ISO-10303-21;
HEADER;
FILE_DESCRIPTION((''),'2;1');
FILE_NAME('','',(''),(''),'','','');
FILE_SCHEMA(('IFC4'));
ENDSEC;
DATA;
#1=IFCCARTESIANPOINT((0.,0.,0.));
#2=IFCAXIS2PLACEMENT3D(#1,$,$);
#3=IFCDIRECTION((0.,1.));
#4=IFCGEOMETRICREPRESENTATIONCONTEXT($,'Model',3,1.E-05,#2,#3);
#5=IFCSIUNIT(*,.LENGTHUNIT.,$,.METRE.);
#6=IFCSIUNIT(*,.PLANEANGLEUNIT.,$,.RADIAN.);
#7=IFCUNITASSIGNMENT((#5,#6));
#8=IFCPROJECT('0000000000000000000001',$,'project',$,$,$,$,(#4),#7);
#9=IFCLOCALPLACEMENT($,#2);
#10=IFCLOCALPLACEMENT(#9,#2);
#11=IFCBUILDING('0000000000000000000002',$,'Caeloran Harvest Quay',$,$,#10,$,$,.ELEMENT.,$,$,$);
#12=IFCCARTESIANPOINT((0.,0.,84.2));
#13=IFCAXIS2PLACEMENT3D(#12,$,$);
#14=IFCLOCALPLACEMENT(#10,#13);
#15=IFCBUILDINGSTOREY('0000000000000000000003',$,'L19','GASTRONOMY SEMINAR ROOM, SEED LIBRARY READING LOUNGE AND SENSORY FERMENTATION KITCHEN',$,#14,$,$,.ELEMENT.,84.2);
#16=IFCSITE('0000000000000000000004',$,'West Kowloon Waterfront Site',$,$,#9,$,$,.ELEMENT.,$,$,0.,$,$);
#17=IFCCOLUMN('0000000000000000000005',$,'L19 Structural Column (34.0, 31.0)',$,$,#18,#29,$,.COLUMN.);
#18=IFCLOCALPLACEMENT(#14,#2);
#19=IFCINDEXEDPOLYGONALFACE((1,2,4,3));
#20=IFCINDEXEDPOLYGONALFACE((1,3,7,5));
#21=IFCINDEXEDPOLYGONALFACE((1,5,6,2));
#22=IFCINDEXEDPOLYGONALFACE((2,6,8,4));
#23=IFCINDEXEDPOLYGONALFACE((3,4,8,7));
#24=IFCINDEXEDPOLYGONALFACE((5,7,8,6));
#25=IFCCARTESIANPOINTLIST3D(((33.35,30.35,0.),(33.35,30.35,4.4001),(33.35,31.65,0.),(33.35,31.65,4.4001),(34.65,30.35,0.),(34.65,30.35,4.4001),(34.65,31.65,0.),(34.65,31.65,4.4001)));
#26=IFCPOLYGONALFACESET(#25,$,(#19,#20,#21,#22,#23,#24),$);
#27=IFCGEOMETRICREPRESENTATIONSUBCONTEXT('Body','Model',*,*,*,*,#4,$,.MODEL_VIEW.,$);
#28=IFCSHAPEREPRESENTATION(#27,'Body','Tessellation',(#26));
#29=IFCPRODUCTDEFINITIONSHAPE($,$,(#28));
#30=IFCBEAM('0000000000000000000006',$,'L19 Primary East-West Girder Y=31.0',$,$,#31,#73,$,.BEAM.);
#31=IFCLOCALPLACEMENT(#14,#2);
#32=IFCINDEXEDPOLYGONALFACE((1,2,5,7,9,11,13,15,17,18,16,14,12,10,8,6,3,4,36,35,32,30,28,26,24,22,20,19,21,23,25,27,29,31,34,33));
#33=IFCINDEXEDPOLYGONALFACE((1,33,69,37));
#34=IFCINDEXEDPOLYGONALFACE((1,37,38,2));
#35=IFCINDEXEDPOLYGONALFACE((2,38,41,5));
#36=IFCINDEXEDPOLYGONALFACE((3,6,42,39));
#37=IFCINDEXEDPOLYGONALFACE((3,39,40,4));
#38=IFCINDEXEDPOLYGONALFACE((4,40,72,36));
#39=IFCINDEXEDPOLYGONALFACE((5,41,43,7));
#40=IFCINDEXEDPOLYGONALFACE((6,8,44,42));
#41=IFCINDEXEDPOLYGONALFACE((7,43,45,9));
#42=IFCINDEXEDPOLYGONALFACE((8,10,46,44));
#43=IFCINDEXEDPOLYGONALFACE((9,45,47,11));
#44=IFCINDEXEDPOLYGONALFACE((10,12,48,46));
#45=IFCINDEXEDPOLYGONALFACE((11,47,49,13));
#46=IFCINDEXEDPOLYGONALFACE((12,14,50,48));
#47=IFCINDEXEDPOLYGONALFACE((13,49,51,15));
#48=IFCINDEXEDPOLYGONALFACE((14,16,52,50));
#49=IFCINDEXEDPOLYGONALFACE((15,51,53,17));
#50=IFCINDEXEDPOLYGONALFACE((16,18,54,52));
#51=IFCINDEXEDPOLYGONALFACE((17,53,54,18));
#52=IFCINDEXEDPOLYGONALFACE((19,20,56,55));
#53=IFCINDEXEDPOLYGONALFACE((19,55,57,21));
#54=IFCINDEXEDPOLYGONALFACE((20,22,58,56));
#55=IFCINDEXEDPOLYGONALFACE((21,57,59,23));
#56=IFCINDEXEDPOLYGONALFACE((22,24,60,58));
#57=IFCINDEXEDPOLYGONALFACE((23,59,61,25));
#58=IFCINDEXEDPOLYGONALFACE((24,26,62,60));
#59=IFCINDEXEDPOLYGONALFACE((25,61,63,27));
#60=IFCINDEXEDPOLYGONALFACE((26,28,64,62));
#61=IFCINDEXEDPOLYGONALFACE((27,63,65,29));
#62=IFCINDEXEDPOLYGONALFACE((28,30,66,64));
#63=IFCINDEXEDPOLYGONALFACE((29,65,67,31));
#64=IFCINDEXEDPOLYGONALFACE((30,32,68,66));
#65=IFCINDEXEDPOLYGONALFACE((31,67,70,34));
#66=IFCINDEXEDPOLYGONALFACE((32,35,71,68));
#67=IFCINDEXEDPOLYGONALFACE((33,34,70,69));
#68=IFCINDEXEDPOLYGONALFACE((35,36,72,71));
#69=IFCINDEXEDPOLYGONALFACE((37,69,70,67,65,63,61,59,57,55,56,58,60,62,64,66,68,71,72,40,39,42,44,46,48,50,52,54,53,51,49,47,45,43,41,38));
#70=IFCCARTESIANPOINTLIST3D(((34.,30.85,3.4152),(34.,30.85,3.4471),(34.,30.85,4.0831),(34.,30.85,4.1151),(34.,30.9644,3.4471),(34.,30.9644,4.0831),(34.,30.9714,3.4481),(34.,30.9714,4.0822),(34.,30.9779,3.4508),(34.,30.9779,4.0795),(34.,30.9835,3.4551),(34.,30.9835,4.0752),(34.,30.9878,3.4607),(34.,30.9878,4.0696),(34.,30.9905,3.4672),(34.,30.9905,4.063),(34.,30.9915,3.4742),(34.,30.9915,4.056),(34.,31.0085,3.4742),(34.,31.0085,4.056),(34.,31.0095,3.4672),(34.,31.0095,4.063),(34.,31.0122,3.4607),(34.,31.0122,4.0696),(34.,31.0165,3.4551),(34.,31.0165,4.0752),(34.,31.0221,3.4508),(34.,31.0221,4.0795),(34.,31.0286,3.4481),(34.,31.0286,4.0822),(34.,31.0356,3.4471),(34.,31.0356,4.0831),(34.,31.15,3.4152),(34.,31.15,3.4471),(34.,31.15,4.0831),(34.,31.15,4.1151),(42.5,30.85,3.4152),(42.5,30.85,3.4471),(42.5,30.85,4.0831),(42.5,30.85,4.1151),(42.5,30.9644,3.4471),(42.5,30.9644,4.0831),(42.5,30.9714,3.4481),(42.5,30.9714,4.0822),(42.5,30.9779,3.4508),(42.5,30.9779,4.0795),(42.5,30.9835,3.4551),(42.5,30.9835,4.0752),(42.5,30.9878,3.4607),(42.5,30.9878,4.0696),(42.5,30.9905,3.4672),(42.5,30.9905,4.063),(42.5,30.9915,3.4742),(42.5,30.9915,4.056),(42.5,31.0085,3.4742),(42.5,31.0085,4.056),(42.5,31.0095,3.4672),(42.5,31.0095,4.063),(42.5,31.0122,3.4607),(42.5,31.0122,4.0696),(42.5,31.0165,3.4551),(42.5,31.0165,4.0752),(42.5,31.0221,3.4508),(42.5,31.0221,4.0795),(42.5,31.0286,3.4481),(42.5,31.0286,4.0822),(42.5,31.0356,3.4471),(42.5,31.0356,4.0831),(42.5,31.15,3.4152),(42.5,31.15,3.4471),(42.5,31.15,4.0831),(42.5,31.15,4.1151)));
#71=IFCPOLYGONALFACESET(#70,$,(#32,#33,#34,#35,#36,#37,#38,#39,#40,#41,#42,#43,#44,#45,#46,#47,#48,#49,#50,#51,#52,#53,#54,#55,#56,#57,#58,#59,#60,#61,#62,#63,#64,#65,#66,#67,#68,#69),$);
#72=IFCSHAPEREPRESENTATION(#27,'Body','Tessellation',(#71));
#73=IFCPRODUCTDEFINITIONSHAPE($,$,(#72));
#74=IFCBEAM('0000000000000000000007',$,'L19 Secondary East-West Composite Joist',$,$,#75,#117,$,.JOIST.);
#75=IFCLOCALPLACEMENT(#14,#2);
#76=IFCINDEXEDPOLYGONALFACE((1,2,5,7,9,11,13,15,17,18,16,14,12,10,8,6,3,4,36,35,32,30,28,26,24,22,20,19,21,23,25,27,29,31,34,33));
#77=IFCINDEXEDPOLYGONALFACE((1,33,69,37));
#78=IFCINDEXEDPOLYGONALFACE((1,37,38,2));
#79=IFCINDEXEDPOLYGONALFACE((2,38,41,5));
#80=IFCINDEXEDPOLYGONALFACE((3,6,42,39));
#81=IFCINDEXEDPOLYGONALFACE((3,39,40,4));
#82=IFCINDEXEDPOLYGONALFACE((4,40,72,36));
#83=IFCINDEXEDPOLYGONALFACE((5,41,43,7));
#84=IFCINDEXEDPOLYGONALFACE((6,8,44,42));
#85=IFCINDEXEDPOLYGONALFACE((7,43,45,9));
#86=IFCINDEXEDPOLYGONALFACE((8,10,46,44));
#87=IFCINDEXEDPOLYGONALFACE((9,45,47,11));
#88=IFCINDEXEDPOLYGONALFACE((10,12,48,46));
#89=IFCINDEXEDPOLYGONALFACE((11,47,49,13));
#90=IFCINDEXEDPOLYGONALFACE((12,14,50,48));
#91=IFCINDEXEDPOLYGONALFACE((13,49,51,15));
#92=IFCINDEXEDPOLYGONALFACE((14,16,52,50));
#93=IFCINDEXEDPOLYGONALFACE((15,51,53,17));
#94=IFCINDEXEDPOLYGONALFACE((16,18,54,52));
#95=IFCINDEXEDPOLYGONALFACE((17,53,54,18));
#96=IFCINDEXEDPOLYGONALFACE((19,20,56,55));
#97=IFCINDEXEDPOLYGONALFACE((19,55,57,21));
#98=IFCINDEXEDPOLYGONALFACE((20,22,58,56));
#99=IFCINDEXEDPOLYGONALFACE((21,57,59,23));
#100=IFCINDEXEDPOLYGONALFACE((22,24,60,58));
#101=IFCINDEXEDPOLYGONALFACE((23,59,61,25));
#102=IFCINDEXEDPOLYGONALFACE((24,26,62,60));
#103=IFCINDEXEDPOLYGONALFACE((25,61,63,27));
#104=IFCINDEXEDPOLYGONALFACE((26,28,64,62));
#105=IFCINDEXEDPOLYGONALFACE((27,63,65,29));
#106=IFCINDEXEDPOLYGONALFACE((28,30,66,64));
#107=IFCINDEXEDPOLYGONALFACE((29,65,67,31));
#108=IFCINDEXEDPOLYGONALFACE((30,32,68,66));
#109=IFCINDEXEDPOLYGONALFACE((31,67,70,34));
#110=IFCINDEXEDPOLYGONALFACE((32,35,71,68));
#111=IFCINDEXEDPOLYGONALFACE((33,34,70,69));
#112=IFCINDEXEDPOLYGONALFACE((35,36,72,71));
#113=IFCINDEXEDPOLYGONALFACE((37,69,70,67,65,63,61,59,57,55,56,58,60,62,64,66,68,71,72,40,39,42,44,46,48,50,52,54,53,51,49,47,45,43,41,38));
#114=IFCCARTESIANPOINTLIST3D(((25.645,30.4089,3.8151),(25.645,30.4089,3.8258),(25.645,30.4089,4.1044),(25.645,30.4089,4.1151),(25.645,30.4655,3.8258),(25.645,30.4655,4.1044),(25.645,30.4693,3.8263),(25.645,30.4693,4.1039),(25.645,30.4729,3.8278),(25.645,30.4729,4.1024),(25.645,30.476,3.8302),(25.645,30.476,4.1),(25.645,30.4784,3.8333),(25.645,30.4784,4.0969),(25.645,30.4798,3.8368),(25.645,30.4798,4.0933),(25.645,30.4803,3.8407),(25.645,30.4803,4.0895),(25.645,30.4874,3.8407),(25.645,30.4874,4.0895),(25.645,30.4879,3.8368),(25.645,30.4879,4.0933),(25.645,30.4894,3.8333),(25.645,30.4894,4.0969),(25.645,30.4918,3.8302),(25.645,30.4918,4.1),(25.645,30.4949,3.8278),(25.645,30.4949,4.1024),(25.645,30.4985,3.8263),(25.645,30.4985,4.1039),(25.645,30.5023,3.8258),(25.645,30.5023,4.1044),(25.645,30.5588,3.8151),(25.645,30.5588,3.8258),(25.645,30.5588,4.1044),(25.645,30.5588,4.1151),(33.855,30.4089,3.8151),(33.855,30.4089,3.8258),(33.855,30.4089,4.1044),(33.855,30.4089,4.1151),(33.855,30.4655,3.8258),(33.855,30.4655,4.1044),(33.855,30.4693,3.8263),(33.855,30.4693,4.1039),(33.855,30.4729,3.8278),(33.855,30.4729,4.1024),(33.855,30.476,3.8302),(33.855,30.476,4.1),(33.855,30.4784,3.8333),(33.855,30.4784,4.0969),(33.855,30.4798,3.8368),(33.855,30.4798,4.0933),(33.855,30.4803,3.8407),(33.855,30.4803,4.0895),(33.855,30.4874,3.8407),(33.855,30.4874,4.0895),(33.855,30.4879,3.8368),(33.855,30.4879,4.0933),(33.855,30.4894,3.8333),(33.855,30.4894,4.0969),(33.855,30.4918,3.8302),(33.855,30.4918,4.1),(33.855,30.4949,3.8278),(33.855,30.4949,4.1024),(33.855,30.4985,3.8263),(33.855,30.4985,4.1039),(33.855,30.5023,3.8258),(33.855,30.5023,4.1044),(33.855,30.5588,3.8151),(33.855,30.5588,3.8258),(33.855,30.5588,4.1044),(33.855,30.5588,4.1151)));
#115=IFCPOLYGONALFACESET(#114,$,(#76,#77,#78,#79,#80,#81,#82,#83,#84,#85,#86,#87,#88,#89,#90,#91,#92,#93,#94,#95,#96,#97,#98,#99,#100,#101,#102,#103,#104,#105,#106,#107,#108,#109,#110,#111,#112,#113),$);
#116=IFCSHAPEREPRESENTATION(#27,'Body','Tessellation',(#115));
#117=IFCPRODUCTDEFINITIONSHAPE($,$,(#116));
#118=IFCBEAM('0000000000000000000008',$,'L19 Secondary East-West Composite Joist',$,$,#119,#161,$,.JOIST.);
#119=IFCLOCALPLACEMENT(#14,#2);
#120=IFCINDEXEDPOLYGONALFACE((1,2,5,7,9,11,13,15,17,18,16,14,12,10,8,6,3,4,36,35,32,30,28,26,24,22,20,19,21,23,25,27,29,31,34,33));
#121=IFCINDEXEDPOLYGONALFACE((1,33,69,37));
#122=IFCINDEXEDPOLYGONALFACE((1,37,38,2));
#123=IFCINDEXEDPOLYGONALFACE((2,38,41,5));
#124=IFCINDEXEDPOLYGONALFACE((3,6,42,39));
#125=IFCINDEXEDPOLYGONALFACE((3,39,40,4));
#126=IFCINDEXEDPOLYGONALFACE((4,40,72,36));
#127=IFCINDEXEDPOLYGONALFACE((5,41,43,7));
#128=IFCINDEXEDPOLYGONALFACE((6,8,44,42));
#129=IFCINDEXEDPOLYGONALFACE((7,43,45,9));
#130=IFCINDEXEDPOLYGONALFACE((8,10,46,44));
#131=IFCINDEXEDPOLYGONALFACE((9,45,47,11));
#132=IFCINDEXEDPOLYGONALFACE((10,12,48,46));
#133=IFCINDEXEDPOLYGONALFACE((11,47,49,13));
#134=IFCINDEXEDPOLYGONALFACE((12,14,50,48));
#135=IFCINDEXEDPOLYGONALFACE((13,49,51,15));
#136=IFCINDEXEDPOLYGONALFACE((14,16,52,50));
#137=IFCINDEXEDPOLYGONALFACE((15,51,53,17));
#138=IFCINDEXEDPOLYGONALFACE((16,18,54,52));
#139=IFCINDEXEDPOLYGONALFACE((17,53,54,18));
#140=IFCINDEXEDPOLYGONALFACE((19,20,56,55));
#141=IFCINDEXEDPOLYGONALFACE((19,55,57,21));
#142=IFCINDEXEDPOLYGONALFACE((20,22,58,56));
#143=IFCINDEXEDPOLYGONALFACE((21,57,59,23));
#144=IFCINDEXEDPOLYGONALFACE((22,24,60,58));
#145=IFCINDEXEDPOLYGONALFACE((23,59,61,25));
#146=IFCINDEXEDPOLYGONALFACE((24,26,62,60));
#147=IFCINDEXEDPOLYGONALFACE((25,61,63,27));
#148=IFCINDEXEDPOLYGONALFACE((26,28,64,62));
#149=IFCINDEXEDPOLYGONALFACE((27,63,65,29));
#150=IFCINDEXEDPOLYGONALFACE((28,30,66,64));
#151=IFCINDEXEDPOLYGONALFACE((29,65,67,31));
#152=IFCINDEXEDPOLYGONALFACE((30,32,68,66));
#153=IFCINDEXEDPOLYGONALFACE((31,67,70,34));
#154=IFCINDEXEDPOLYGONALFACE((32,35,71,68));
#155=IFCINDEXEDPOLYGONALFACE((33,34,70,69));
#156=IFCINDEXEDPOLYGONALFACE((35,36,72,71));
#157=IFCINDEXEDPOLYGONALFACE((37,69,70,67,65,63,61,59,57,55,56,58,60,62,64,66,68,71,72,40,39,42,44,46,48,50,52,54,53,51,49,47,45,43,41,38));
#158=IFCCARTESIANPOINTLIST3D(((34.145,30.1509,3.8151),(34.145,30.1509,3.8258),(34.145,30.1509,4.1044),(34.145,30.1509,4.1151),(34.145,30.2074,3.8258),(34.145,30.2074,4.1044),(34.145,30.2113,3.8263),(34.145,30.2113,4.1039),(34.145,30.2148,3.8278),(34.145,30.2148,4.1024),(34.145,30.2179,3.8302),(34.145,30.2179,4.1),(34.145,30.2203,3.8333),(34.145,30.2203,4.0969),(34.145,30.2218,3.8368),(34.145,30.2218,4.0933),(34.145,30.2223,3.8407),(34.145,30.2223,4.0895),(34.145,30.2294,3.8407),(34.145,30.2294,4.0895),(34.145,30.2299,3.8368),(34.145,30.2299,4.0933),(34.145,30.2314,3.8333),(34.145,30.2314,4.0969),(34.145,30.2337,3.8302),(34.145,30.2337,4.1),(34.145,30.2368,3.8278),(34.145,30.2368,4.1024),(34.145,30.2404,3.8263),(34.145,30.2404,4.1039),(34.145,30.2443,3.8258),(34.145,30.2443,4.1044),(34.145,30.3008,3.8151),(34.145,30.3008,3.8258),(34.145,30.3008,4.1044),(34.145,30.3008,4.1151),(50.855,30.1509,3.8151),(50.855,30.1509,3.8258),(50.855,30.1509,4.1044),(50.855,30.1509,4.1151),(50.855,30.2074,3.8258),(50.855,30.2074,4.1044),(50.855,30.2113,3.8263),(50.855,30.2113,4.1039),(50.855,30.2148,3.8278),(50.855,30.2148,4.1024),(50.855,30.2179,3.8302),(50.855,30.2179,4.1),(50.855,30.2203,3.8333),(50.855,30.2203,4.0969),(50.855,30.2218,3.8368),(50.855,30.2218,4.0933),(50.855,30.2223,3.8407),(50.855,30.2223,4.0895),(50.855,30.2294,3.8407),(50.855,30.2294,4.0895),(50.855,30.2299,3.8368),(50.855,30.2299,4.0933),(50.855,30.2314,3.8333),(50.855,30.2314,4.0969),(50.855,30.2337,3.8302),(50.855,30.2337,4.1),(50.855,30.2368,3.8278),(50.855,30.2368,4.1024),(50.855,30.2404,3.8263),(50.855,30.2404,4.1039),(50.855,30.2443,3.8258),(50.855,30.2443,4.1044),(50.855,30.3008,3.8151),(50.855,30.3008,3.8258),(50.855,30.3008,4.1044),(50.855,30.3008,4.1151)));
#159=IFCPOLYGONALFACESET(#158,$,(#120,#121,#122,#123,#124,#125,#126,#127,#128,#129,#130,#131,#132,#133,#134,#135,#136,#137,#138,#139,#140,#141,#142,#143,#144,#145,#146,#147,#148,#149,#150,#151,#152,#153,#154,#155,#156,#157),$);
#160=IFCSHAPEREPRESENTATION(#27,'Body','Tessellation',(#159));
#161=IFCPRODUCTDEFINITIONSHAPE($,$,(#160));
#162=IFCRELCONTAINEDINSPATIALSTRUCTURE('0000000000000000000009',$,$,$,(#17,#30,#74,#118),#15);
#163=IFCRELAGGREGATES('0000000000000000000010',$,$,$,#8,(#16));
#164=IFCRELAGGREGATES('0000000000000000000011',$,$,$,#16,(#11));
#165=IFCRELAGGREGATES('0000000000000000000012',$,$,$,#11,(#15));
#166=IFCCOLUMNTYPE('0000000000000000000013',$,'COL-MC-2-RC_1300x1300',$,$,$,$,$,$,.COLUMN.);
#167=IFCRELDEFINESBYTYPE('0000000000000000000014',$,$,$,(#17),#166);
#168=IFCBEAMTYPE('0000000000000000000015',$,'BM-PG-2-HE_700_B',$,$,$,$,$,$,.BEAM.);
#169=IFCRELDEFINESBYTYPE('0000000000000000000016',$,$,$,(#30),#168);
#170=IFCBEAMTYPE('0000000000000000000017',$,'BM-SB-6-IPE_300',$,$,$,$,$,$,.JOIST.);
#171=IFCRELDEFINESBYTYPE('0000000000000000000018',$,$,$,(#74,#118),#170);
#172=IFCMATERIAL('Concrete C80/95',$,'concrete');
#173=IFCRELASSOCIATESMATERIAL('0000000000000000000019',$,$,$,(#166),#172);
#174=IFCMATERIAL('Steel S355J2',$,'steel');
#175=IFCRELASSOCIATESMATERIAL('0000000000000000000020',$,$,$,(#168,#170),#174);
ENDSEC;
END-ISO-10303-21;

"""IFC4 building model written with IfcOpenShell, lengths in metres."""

from ifc_helpers import new_model, si_unit, direction, frame, origin, origin_2d, place, context, subcontext, project, spatial, rectangle, i_section, extrude, material, material_profile, profile_set, type_object, element, save


model = new_model("IFC4")

# Units and contexts
model_context = context("Model", 3, precision=1e-05, world=origin(), true_north=direction((0.0, 1.0)))
body_context = subcontext(model_context, "Body", "Model", "MODEL_VIEW")
ifc_project = project(units=[si_unit("LENGTHUNIT", "METRE"), si_unit("PLANEANGLEUNIT", "RADIAN")], contexts=[model_context])

# Site, building, storey
site_placement = place(None, origin())
site = spatial("IfcSite", under=ifc_project, at=site_placement, Name="West Kowloon Waterfront Site", CompositionType="ELEMENT", RefElevation=0.0)
building_placement = place(site_placement, origin())
building = spatial("IfcBuilding", under=site, at=building_placement, Name="Caeloran Harvest Quay", CompositionType="ELEMENT")
storey_placement = place(building_placement, frame((0.0, 0.0, 84.2)))
storey = spatial("IfcBuildingStorey", under=building, at=storey_placement, Name="L19", Description="GASTRONOMY SEMINAR ROOM, SEED LIBRARY READING LOUNGE AND SENSORY FERMENTATION KITCHEN", CompositionType="ELEMENT", Elevation=84.2)

# Column
ifc_material_1 = material(Name="Concrete C80/95", Category="concrete")
ifc_material_profile_1 = material_profile(ifc_material_1, rectangle(XDim=1.3, YDim=1.3, at=origin_2d()), Name="RC 1300x1300")
ifc_profile_set_1 = profile_set([ifc_material_profile_1], Name="Concrete C80/95")
column_type = type_object("IfcColumnType", Name="COL-MC-2-RC_1300x1300", PredefinedType="COLUMN", material=ifc_profile_set_1)
column_placement = place(storey_placement, frame((34.0, 31.0, 0.0), z_axis=(0.0, 0.0, 1.0), x_axis=(1.0, 0.0, 0.0)))
element("IfcColumn", 1, at=column_placement, inside=storey, type_object=column_type, Name="L19 Structural Column (34.0, 31.0)", PredefinedType="COLUMN", context=body_context, shape_type="SweptSolid", body=[
    extrude(rectangle(XDim=1.3, YDim=1.3, at=origin_2d()), origin(), (0.0, 0.0, 1.0), 4.4001),
])

# Beams
ifc_material_2 = material(Name="Steel S355J2", Category="steel")
ifc_material_profile_2 = material_profile(ifc_material_2, i_section(OverallWidth=0.3, OverallDepth=0.7, WebThickness=0.0171, FlangeThickness=0.032, FilletRadius=0.0271, at=origin_2d()), Name="HE 700 B")
ifc_profile_set_2 = profile_set([ifc_material_profile_2], Name="Steel S355J2")
beam_type_1 = type_object("IfcBeamType", Name="BM-PG-2-HE_700_B", PredefinedType="BEAM", material=ifc_profile_set_2)
beam_1_placement = place(storey_placement, frame((34.0, 31.0, 3.7651), z_axis=(1.0, 0.0, 0.0), x_axis=(0.0, 1.0, 0.0)))
element("IfcBeam", 2, at=beam_1_placement, inside=storey, type_object=beam_type_1, Name="L19 Primary East-West Girder Y=31.0", PredefinedType="BEAM", context=body_context, shape_type="SweptSolid", body=[
    extrude(i_section(OverallWidth=0.3, OverallDepth=0.7, WebThickness=0.0171, FlangeThickness=0.032, FilletRadius=0.0271, at=origin_2d()), origin(), (0.0, 0.0, 1.0), 8.5),
])
ifc_material_profile_3 = material_profile(ifc_material_2, i_section(OverallWidth=0.1499, OverallDepth=0.3, WebThickness=0.0071, FlangeThickness=0.0107, FilletRadius=0.0149, at=origin_2d()), Name="IPE 300")
ifc_profile_set_3 = profile_set([ifc_material_profile_3], Name="Steel S355J2")
beam_type_2 = type_object("IfcBeamType", Name="BM-SB-6-IPE_300", PredefinedType="JOIST", material=ifc_profile_set_3)
beam_2_placement = place(storey_placement, frame((25.645, 30.4839, 3.9651), z_axis=(1.0, 0.0, 0.0), x_axis=(0.0, 1.0, 0.0)))
element("IfcBeam", 3, at=beam_2_placement, inside=storey, type_object=beam_type_2, Name="L19 Secondary East-West Composite Joist", PredefinedType="JOIST", context=body_context, shape_type="SweptSolid", body=[
    extrude(i_section(OverallWidth=0.1499, OverallDepth=0.3, WebThickness=0.0071, FlangeThickness=0.0107, FilletRadius=0.0149, at=origin_2d()), origin(), (0.0, 0.0, 1.0), 8.21),
])
for number, where, z_axis, x_axis, name in (
    (4, (34.145, 30.2258, 3.9651), (1.0, 0.0, 0.0), (0.0, 1.0, 0.0), "L19 Secondary East-West Composite Joist"),
):
    element("IfcBeam", number, at=place(storey_placement, frame(where, z_axis=z_axis, x_axis=x_axis)), inside=storey, type_object=beam_type_2, Name=name, PredefinedType="JOIST", context=body_context, shape_type="SweptSolid", body=[
        extrude(i_section(OverallWidth=0.1499, OverallDepth=0.3, WebThickness=0.0071, FlangeThickness=0.0107, FilletRadius=0.0149, at=origin_2d()), origin(), (0.0, 0.0, 1.0), 16.71),
    ])

save(model, "model.ifc")
